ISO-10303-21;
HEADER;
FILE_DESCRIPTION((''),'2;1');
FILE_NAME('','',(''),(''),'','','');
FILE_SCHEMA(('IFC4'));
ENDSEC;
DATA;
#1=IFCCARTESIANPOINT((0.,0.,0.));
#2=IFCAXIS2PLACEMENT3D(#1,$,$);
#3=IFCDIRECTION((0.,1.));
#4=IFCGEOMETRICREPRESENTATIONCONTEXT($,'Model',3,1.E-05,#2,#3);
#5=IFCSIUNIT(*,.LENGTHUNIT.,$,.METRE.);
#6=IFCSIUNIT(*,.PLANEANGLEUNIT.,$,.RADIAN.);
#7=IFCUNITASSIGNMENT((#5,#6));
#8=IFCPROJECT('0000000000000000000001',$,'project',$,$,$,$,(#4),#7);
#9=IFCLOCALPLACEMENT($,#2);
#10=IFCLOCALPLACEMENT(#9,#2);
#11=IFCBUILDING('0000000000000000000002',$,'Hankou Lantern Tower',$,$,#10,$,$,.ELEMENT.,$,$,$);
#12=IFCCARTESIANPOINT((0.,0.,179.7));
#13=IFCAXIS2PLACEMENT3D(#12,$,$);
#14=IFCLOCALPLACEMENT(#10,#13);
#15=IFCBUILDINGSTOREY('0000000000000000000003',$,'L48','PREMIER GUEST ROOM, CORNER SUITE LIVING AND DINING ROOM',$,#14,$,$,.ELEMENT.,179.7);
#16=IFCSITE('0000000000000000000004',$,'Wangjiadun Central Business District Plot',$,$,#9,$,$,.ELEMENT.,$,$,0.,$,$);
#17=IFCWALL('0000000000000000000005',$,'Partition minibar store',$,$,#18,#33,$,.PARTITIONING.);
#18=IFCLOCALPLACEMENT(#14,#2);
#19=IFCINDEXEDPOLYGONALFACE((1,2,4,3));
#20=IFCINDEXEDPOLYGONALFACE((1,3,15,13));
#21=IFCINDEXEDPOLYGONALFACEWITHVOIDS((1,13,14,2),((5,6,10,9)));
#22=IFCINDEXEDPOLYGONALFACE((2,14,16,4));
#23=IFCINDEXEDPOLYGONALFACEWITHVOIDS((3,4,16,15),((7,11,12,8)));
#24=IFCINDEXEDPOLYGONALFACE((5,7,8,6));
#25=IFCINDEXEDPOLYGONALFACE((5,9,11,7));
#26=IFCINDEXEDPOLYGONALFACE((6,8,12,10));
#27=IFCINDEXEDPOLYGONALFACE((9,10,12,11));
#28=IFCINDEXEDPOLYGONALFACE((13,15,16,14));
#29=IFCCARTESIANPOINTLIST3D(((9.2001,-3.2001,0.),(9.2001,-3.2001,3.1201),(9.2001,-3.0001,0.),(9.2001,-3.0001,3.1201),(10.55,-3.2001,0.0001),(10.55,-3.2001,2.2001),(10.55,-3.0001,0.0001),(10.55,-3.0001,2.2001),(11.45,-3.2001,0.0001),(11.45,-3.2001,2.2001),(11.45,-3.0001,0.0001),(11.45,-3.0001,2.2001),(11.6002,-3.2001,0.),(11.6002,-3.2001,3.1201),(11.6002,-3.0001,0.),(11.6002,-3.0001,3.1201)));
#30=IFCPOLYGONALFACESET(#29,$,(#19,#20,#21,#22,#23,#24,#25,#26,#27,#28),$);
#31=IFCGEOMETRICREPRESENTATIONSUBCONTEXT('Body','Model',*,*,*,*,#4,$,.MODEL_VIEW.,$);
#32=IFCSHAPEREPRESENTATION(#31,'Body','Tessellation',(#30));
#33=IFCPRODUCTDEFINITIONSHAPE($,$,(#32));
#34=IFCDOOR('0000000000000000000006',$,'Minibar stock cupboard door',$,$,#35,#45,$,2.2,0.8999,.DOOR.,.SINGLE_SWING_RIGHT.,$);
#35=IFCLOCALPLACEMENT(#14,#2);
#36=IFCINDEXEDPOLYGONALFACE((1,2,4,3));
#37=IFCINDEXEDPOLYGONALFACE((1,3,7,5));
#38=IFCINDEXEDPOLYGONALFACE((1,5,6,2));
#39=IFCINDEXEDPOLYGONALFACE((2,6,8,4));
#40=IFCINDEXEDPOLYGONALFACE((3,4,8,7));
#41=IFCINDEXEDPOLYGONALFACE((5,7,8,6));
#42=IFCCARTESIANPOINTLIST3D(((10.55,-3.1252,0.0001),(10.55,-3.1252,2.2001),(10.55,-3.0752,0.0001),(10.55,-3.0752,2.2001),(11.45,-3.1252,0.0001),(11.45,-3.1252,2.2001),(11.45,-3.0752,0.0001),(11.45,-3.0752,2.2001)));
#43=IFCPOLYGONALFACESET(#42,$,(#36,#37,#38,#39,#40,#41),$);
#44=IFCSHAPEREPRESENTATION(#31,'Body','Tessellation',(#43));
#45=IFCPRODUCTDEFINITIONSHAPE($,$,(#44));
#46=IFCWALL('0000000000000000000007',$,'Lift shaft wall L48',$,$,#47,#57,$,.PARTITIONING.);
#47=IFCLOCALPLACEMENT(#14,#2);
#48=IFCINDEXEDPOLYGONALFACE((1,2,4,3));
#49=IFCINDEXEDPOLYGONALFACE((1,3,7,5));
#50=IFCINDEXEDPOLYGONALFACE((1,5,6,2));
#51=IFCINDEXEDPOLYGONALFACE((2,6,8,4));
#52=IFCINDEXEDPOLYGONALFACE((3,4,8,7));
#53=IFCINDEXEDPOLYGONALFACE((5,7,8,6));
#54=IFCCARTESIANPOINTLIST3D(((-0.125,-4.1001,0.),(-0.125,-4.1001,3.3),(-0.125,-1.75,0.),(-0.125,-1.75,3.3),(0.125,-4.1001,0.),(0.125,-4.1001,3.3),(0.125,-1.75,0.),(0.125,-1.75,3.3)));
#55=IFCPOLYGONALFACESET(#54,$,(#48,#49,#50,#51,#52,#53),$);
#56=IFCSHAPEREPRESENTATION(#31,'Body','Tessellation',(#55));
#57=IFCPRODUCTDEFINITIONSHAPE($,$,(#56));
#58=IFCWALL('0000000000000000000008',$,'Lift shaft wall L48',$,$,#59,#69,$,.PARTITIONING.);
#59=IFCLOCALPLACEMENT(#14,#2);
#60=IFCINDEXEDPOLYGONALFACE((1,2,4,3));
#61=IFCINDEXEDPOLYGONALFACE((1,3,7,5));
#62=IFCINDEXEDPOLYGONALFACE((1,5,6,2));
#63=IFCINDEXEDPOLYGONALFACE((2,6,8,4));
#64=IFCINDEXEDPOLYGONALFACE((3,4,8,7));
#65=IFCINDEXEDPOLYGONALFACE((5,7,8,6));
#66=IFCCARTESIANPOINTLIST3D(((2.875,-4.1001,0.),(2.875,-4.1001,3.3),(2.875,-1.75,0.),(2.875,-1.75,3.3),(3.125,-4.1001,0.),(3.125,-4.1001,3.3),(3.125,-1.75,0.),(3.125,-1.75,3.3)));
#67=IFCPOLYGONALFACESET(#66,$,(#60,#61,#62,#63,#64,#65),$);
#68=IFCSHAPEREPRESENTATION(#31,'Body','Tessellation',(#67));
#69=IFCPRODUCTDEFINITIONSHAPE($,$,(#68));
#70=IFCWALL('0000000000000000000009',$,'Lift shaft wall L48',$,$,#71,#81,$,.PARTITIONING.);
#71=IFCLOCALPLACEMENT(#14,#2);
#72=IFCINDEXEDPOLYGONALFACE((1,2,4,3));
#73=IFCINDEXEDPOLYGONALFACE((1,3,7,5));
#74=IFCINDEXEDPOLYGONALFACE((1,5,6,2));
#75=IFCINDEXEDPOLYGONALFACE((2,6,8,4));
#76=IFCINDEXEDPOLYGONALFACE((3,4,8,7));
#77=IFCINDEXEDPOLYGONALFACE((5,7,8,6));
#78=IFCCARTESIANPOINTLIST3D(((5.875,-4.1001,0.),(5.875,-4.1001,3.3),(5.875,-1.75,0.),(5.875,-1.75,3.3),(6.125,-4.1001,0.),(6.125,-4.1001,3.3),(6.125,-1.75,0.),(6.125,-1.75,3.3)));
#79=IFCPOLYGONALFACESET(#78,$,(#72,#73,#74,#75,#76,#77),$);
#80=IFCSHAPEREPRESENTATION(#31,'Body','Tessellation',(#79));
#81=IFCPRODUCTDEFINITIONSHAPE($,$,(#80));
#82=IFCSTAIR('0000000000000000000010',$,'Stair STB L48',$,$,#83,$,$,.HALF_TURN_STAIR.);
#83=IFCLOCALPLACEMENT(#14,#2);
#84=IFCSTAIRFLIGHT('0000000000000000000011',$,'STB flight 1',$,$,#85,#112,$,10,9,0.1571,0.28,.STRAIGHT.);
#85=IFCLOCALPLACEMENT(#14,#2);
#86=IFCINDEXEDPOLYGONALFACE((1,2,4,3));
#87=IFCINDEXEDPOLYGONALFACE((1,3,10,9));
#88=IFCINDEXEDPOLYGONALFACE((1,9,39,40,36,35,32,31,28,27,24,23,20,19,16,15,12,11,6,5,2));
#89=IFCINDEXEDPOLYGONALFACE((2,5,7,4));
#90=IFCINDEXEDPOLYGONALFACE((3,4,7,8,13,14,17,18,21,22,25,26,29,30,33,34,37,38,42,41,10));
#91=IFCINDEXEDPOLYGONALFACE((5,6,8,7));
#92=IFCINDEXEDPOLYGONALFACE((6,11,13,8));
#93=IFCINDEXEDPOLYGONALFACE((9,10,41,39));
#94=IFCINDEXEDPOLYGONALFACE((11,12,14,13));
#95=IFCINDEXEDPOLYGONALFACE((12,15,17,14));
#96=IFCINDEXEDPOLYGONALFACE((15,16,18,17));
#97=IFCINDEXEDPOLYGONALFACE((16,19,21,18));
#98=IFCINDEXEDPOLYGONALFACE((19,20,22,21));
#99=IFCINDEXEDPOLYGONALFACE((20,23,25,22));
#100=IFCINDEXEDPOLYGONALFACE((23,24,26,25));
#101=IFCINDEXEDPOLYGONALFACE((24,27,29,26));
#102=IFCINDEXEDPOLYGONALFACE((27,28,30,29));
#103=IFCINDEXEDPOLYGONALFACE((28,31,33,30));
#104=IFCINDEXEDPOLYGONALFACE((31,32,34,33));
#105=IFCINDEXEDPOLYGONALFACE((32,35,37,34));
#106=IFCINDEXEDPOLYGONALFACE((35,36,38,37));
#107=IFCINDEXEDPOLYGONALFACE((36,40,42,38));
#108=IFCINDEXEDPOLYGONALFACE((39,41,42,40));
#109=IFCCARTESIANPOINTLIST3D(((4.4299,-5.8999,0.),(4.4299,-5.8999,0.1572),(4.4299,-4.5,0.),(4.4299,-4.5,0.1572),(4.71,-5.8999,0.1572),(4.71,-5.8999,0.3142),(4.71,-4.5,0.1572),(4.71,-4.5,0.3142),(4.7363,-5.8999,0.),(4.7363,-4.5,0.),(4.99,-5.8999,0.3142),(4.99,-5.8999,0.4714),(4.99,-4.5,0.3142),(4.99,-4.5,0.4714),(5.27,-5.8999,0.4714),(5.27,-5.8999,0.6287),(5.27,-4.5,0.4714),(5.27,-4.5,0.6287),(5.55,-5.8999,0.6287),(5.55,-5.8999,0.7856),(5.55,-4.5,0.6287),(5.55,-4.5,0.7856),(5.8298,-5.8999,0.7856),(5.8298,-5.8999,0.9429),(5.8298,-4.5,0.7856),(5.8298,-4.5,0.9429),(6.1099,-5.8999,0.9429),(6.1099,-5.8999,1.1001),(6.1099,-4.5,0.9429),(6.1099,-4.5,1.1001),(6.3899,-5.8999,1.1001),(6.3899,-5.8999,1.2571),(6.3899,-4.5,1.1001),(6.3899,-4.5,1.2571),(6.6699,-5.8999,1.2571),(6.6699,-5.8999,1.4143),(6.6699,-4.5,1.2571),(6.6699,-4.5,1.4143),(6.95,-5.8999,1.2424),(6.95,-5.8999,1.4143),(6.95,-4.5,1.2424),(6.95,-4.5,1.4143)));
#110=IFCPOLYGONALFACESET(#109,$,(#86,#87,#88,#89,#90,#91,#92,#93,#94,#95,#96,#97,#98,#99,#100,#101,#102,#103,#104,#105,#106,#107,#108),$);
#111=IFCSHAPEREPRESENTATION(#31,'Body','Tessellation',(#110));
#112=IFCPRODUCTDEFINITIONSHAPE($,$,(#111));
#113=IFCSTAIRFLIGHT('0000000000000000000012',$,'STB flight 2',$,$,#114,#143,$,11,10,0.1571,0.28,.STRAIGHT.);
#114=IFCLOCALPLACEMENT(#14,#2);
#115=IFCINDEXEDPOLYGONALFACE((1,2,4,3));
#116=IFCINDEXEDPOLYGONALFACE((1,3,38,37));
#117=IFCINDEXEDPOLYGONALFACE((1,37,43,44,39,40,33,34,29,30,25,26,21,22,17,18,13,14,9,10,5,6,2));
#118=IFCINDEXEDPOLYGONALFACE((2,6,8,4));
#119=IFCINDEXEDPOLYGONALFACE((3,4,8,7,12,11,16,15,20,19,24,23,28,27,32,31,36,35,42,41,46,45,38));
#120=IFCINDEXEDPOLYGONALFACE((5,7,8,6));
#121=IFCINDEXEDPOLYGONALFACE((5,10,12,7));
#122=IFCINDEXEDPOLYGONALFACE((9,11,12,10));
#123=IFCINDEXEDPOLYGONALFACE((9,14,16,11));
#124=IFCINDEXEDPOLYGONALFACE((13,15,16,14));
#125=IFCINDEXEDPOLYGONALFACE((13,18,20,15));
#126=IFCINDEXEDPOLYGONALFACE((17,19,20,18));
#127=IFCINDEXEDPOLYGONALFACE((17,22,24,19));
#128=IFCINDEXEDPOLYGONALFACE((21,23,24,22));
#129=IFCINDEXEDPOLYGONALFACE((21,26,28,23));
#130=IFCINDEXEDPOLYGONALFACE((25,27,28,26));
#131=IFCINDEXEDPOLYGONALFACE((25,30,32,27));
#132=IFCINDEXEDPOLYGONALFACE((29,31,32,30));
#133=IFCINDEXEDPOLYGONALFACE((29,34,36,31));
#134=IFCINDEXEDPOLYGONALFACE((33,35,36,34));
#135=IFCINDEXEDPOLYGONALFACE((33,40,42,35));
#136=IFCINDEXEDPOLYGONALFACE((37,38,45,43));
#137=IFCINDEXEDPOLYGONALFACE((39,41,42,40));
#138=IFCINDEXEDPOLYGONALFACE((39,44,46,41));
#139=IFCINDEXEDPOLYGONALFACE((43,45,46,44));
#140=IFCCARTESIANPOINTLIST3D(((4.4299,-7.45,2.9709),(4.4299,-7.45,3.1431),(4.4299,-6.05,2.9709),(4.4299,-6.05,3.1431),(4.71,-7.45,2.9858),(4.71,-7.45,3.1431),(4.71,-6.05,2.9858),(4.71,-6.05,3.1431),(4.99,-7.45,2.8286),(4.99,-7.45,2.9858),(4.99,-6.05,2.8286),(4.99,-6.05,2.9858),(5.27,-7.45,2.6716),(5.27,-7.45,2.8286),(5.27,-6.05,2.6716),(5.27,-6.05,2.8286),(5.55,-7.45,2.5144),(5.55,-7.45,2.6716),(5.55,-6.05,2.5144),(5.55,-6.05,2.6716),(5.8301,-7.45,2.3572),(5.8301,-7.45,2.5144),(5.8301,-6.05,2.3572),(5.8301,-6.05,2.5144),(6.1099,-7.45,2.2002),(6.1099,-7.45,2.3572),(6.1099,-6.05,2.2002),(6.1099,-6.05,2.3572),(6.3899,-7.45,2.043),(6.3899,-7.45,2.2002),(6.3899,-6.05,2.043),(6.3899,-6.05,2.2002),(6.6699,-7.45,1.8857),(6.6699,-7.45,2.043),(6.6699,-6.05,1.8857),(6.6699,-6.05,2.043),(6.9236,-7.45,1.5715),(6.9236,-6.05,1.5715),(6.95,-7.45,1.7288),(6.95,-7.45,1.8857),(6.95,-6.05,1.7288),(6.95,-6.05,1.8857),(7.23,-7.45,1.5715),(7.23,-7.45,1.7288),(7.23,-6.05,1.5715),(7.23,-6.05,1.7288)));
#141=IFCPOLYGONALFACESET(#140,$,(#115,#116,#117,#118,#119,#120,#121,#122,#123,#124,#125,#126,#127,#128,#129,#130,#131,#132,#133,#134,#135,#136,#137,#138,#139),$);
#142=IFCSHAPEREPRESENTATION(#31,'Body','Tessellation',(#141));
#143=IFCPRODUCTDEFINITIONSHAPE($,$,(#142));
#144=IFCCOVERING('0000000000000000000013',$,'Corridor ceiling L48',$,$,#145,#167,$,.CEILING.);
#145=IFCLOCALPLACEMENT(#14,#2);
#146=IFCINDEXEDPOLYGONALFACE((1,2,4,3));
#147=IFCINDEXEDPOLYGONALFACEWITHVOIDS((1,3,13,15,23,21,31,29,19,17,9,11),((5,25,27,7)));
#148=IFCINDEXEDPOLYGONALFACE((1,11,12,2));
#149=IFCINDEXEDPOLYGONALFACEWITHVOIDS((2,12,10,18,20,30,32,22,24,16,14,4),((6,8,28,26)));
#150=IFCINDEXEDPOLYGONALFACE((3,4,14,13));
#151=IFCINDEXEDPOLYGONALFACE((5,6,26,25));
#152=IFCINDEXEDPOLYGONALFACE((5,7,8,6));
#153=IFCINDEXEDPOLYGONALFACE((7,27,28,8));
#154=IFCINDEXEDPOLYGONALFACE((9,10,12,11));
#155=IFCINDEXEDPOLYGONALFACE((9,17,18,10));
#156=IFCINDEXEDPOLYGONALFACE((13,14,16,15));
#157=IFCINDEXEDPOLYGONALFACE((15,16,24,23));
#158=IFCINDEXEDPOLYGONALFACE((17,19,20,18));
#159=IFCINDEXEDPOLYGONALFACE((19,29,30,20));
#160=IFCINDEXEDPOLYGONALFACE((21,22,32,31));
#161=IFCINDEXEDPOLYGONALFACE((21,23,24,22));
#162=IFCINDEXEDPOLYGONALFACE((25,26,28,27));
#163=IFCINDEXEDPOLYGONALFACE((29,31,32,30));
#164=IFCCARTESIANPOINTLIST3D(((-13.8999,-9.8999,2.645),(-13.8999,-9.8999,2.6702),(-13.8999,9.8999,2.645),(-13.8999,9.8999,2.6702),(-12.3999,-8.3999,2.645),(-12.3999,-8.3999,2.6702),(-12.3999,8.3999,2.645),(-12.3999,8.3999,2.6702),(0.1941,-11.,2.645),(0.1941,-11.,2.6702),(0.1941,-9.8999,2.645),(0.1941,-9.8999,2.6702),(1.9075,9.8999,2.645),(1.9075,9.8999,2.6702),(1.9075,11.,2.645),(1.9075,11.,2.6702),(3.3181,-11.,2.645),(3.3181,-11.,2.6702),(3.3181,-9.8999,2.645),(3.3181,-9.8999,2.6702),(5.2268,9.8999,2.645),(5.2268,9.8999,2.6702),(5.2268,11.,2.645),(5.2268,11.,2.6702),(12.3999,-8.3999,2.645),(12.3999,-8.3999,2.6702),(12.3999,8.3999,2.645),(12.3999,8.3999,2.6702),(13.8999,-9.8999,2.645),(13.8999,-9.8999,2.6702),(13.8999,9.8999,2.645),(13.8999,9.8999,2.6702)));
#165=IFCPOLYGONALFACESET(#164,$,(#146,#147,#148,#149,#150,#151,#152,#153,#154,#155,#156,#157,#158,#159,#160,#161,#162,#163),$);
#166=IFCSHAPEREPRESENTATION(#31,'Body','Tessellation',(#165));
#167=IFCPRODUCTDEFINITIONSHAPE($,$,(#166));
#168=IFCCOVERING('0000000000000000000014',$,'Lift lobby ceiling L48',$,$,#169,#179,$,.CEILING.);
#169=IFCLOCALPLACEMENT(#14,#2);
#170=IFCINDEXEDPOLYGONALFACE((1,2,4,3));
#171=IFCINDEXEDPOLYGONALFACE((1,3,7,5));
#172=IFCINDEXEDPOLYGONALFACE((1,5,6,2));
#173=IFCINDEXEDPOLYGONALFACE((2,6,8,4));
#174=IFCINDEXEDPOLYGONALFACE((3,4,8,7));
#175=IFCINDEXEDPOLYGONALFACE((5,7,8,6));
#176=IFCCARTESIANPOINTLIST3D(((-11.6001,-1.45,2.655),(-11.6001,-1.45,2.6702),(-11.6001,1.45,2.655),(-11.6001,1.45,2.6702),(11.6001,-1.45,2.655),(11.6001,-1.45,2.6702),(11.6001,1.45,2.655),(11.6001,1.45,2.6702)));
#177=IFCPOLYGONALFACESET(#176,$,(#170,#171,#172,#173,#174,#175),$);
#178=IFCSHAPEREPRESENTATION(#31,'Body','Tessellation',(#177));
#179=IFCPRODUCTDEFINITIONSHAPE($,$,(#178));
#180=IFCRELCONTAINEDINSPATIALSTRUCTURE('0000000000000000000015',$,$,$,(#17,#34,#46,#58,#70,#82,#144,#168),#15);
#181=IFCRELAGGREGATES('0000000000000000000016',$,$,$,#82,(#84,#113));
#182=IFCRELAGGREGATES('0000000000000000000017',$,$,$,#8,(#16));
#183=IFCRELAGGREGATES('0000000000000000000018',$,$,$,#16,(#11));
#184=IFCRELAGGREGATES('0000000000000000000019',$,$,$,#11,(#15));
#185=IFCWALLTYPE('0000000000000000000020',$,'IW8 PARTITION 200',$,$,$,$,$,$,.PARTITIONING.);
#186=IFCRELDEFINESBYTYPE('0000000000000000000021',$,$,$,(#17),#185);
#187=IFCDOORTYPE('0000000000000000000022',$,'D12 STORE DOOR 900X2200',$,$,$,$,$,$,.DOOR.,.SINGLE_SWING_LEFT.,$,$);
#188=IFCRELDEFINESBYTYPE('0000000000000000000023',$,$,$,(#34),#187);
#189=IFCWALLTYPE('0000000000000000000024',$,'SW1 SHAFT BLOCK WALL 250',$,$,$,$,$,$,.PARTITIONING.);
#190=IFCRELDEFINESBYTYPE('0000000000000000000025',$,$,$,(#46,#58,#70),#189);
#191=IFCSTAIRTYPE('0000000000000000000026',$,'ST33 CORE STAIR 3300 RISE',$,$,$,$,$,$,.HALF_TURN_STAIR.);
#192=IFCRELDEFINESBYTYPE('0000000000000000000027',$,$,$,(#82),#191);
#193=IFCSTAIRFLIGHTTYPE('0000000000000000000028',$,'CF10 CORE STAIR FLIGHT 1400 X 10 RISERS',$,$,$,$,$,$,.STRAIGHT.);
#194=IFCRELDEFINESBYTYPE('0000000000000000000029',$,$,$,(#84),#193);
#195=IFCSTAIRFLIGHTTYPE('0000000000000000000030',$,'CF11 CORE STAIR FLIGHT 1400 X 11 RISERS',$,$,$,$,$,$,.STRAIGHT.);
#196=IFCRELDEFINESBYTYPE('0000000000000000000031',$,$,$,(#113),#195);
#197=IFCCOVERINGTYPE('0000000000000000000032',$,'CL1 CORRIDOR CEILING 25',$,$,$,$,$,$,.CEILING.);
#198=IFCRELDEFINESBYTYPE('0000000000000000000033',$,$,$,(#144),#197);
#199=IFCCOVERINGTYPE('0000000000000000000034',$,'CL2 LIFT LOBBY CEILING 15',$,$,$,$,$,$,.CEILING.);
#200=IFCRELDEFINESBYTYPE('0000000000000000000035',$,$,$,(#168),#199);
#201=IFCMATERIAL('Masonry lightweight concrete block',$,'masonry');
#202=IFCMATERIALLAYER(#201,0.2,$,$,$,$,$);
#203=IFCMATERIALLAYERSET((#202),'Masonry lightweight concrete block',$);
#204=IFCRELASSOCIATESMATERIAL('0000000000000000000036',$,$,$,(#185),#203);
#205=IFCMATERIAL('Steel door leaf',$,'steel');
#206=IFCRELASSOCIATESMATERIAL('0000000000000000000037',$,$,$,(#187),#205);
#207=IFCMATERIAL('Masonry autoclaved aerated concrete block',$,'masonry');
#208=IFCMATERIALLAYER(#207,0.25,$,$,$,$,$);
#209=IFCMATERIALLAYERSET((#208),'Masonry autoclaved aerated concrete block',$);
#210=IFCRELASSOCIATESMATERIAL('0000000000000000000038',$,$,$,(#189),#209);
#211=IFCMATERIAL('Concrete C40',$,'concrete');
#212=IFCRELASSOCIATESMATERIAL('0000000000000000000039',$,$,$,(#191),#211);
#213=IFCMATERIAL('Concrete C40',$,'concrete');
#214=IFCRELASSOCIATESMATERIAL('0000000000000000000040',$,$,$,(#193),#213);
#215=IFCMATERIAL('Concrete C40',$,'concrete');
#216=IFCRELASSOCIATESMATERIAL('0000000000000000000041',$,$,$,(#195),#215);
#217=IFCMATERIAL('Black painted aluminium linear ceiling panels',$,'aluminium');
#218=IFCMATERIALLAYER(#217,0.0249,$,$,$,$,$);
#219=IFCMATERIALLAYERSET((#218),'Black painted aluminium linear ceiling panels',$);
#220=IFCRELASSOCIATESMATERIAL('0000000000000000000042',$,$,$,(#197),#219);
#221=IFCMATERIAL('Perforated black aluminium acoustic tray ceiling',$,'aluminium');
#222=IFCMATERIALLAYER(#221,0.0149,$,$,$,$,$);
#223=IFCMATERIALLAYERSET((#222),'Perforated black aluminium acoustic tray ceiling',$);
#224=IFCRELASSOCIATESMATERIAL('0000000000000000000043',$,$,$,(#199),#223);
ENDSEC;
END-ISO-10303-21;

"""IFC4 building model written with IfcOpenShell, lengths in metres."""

from ifc_helpers import new_model, si_unit, direction, frame, frame_2d, origin, place, context, subcontext, project, spatial, polyline, rectangle, outline, extrude, material, layer, layer_set, type_object, element, fill, aggregate, save


model = new_model("IFC4")

# Units and contexts
model_context = context("Model", 3, precision=1e-05, world=origin(), true_north=direction((0.0, 1.0)))
body_context = subcontext(model_context, "Body", "Model", "MODEL_VIEW")
ifc_project = project(units=[si_unit("LENGTHUNIT", "METRE"), si_unit("PLANEANGLEUNIT", "RADIAN")], contexts=[model_context])

# Site, building, storey
site_placement = place(None, origin())
site = spatial("IfcSite", under=ifc_project, at=site_placement, Name="Wangjiadun Central Business District Plot", CompositionType="ELEMENT", RefElevation=0.0)
building_placement = place(site_placement, origin())
building = spatial("IfcBuilding", under=site, at=building_placement, Name="Hankou Lantern Tower", CompositionType="ELEMENT")
storey_placement = place(building_placement, frame((0.0, 0.0, 179.7)))
storey = spatial("IfcBuildingStorey", under=building, at=storey_placement, Name="L48", Description="PREMIER GUEST ROOM, CORNER SUITE LIVING AND DINING ROOM", CompositionType="ELEMENT", Elevation=179.7)

# Wall, opening, door
ifc_material_1 = material(Name="Masonry lightweight concrete block", Category="masonry")
ifc_layer_1 = layer(ifc_material_1, 0.2)
ifc_layer_set_1 = layer_set([ifc_layer_1], Name="Masonry lightweight concrete block")
wall_type_1 = type_object("IfcWallType", Name="IW8 PARTITION 200", PredefinedType="PARTITIONING", material=ifc_layer_set_1)
wall_1_placement = place(storey_placement, frame((9.2, -3.1001, 0.0), z_axis=(0.0, 0.0, 1.0), x_axis=(1.0, 0.0, 0.0)))
wall_1 = element("IfcWall", 1, at=wall_1_placement, inside=storey, type_object=wall_type_1, Name="Partition minibar store", PredefinedType="PARTITIONING", context=body_context, shape_type="SweptSolid", body=[
    extrude(rectangle(XDim=2.4001, YDim=0.2, at=frame_2d((1.2002, 0.0))), origin(), (0.0, 0.0, 1.0), 3.1201),
])
opening_1_placement = place(wall_1_placement, frame((1.3501, 0.0, 0.0)))
opening_1 = element("IfcOpeningElement", 2, at=opening_1_placement, cuts=wall_1, PredefinedType="OPENING", context=body_context, shape_type="SweptSolid", body=[
    extrude(rectangle(XDim=0.8999, YDim=2.2, at=frame_2d((0.45, 1.1001))), frame((0.0, 0.1099, 0.0), z_axis=(0.0, -1.0, 0.0), x_axis=(1.0, 0.0, 0.0)), (0.0, 0.0, 1.0), 0.22),
])
ifc_material_2 = material(Name="Steel door leaf", Category="steel")
door_type_1 = type_object("IfcDoorType", Name="D12 STORE DOOR 900X2200", OperationType="SINGLE_SWING_LEFT", PredefinedType="DOOR", material=ifc_material_2)
door_1_placement = place(opening_1_placement, origin())
door_1 = element("IfcDoor", 3, at=door_1_placement, inside=storey, type_object=door_type_1, Name="Minibar stock cupboard door", OperationType="SINGLE_SWING_RIGHT", OverallHeight=2.2, OverallWidth=0.8999, PredefinedType="DOOR", context=body_context, shape_type="SweptSolid", body=[
    extrude(rectangle(XDim=0.8999, YDim=2.2, at=frame_2d((0.45, 1.1001))), frame((0.0, 0.0249, 0.0), z_axis=(0.0, -1.0, 0.0), x_axis=(1.0, 0.0, 0.0)), (0.0, 0.0, 1.0), 0.05),
])
fill(opening_1, door_1)

# Walls
ifc_material_3 = material(Name="Masonry autoclaved aerated concrete block", Category="masonry")
ifc_layer_2 = layer(ifc_material_3, 0.25)
ifc_layer_set_2 = layer_set([ifc_layer_2], Name="Masonry autoclaved aerated concrete block")
wall_type_2 = type_object("IfcWallType", Name="SW1 SHAFT BLOCK WALL 250", PredefinedType="PARTITIONING", material=ifc_layer_set_2)
for number, where, z_axis, x_axis, name in (
    (4, (0.0, -4.1001, 0.0), (0.0, 0.0, 1.0), (0.0, 1.0, 0.0), "Lift shaft wall L48"),
    (5, (3.0, -4.1001, 0.0), (0.0, 0.0, 1.0), (0.0, 1.0, 0.0), "Lift shaft wall L48"),
    (6, (6.0, -4.1001, 0.0), (0.0, 0.0, 1.0), (0.0, 1.0, 0.0), "Lift shaft wall L48"),
):
    element("IfcWall", number, at=place(storey_placement, frame(where, z_axis=z_axis, x_axis=x_axis)), inside=storey, type_object=wall_type_2, Name=name, PredefinedType="PARTITIONING", context=body_context, shape_type="SweptSolid", body=[
        extrude(rectangle(XDim=2.3501, YDim=0.25, at=frame_2d((1.175, 0.0))), origin(), (0.0, 0.0, 1.0), 3.3),
    ])

# Stair, stair flights
ifc_material_4 = material(Name="Concrete C40", Category="concrete")
stair_type = type_object("IfcStairType", Name="ST33 CORE STAIR 3300 RISE", PredefinedType="HALF_TURN_STAIR", material=ifc_material_4)
stair_placement = place(storey_placement, origin())
stair = element("IfcStair", 7, at=stair_placement, inside=storey, type_object=stair_type, Name="Stair STB L48", PredefinedType="HALF_TURN_STAIR")
ifc_material_5 = material(Name="Concrete C40", Category="concrete")
stair_flight_type_1 = type_object("IfcStairFlightType", Name="CF10 CORE STAIR FLIGHT 1400 X 10 RISERS", PredefinedType="STRAIGHT", material=ifc_material_5)
stair_flight_1_placement = place(storey_placement, frame((4.4299, -5.2, 0.0), z_axis=(0.0, 0.0, 1.0), x_axis=(1.0, 0.0, 0.0)))
stair_flight_1 = element("IfcStairFlight", 8, at=stair_flight_1_placement, type_object=stair_flight_type_1, Name="STB flight 1", NumberOfRisers=10, NumberOfTreads=9, PredefinedType="STRAIGHT", RiserHeight=0.1571, TreadLength=0.28, context=body_context, shape_type="SweptSolid", body=[
    extrude(outline(polyline([(0.0, 0.0), (0.0, 0.1572), (0.28, 0.1572), (0.28, 0.3142), (0.5601, 0.3142), (0.5601, 0.4714), (0.8401, 0.4714), (0.8401, 0.6287), (1.1201, 0.6287), (1.1201, 0.7856), (1.3999, 0.7856), (1.3999, 0.9429), (1.6799, 0.9429), (1.6799, 1.1001), (1.96, 1.1001), (1.96, 1.2571), (2.24, 1.2571), (2.24, 1.4143), (2.52, 1.4143), (2.52, 1.5715), (2.52, 1.2424), (0.3064, 0.0), (0.0, 0.0)])), frame((0.0, 0.7, 0.0), z_axis=(0.0, -1.0, 0.0), x_axis=(1.0, 0.0, 0.0)), (0.0, 0.0, 1.0), 1.3999),
])
ifc_material_6 = material(Name="Concrete C40", Category="concrete")
stair_flight_type_2 = type_object("IfcStairFlightType", Name="CF11 CORE STAIR FLIGHT 1400 X 11 RISERS", PredefinedType="STRAIGHT", material=ifc_material_6)
stair_flight_2_placement = place(storey_placement, frame((7.23, -6.75, 1.5715), z_axis=(0.0, 0.0, 1.0), x_axis=(-1.0, 0.0, 0.0)))
stair_flight_2 = element("IfcStairFlight", 9, at=stair_flight_2_placement, type_object=stair_flight_type_2, Name="STB flight 2", NumberOfRisers=11, NumberOfTreads=10, PredefinedType="STRAIGHT", RiserHeight=0.1571, TreadLength=0.28, context=body_context, shape_type="SweptSolid", body=[
    extrude(outline(polyline([(0.0, 0.0), (0.0, 0.1572), (0.28, 0.1572), (0.28, 0.3142), (0.5601, 0.3142), (0.5601, 0.4714), (0.8401, 0.4714), (0.8401, 0.6287), (1.1201, 0.6287), (1.1201, 0.7856), (1.3999, 0.7856), (1.3999, 0.9429), (1.6799, 0.9429), (1.6799, 1.1001), (1.96, 1.1001), (1.96, 1.2571), (2.24, 1.2571), (2.24, 1.4143), (2.52, 1.4143), (2.52, 1.5715), (2.8, 1.5715), (2.8, 1.7285), (2.8, 1.3994), (0.3064, 0.0), (0.0, 0.0)])), frame((0.0, 0.7, 0.0), z_axis=(0.0, -1.0, 0.0), x_axis=(1.0, 0.0, 0.0)), (0.0, 0.0, 1.0), 1.3999),
])
aggregate(stair, [stair_flight_1, stair_flight_2])

# Coverings
ifc_material_7 = material(Name="Black painted aluminium linear ceiling panels", Category="aluminium")
ifc_layer_3 = layer(ifc_material_7, 0.0249)
ifc_layer_set_3 = layer_set([ifc_layer_3], Name="Black painted aluminium linear ceiling panels")
covering_type_1 = type_object("IfcCoveringType", Name="CL1 CORRIDOR CEILING 25", PredefinedType="CEILING", material=ifc_layer_set_3)
covering_1_placement = place(storey_placement, frame((0.0, 0.0, 2.645)))
element("IfcCovering", 10, at=covering_1_placement, inside=storey, type_object=covering_type_1, Name="Corridor ceiling L48", PredefinedType="CEILING", context=body_context, shape_type="SweptSolid", body=[
    extrude(outline(polyline([(3.3181, -9.8999), (13.8999, -9.8999), (13.8999, 9.8999), (5.2268, 9.8999), (5.2268, 11.0), (1.9075, 11.0), (1.9075, 9.8999), (-13.8999, 9.8999), (-13.8999, -9.8999), (0.1941, -9.8999), (0.1941, -11.0), (3.3181, -11.0), (3.3181, -9.8999)]), holes=[polyline([(-12.3999, 8.3999), (12.3999, 8.3999), (12.3999, -8.3999), (-12.3999, -8.3999), (-12.3999, 8.3999)])]), origin(), (0.0, 0.0, 1.0), 0.0251),
])
ifc_material_8 = material(Name="Perforated black aluminium acoustic tray ceiling", Category="aluminium")
ifc_layer_4 = layer(ifc_material_8, 0.0149)
ifc_layer_set_4 = layer_set([ifc_layer_4], Name="Perforated black aluminium acoustic tray ceiling")
covering_type_2 = type_object("IfcCoveringType", Name="CL2 LIFT LOBBY CEILING 15", PredefinedType="CEILING", material=ifc_layer_set_4)
covering_2_placement = place(storey_placement, frame((0.0, 0.0, 2.655)))
element("IfcCovering", 11, at=covering_2_placement, inside=storey, type_object=covering_type_2, Name="Lift lobby ceiling L48", PredefinedType="CEILING", context=body_context, shape_type="SweptSolid", body=[
    extrude(outline(polyline([(-11.6001, -1.45), (11.6001, -1.45), (11.6001, 1.45), (-11.6001, 1.45), (-11.6001, -1.45)])), origin(), (0.0, 0.0, 1.0), 0.0151),
])

save(model, "model.ifc")
